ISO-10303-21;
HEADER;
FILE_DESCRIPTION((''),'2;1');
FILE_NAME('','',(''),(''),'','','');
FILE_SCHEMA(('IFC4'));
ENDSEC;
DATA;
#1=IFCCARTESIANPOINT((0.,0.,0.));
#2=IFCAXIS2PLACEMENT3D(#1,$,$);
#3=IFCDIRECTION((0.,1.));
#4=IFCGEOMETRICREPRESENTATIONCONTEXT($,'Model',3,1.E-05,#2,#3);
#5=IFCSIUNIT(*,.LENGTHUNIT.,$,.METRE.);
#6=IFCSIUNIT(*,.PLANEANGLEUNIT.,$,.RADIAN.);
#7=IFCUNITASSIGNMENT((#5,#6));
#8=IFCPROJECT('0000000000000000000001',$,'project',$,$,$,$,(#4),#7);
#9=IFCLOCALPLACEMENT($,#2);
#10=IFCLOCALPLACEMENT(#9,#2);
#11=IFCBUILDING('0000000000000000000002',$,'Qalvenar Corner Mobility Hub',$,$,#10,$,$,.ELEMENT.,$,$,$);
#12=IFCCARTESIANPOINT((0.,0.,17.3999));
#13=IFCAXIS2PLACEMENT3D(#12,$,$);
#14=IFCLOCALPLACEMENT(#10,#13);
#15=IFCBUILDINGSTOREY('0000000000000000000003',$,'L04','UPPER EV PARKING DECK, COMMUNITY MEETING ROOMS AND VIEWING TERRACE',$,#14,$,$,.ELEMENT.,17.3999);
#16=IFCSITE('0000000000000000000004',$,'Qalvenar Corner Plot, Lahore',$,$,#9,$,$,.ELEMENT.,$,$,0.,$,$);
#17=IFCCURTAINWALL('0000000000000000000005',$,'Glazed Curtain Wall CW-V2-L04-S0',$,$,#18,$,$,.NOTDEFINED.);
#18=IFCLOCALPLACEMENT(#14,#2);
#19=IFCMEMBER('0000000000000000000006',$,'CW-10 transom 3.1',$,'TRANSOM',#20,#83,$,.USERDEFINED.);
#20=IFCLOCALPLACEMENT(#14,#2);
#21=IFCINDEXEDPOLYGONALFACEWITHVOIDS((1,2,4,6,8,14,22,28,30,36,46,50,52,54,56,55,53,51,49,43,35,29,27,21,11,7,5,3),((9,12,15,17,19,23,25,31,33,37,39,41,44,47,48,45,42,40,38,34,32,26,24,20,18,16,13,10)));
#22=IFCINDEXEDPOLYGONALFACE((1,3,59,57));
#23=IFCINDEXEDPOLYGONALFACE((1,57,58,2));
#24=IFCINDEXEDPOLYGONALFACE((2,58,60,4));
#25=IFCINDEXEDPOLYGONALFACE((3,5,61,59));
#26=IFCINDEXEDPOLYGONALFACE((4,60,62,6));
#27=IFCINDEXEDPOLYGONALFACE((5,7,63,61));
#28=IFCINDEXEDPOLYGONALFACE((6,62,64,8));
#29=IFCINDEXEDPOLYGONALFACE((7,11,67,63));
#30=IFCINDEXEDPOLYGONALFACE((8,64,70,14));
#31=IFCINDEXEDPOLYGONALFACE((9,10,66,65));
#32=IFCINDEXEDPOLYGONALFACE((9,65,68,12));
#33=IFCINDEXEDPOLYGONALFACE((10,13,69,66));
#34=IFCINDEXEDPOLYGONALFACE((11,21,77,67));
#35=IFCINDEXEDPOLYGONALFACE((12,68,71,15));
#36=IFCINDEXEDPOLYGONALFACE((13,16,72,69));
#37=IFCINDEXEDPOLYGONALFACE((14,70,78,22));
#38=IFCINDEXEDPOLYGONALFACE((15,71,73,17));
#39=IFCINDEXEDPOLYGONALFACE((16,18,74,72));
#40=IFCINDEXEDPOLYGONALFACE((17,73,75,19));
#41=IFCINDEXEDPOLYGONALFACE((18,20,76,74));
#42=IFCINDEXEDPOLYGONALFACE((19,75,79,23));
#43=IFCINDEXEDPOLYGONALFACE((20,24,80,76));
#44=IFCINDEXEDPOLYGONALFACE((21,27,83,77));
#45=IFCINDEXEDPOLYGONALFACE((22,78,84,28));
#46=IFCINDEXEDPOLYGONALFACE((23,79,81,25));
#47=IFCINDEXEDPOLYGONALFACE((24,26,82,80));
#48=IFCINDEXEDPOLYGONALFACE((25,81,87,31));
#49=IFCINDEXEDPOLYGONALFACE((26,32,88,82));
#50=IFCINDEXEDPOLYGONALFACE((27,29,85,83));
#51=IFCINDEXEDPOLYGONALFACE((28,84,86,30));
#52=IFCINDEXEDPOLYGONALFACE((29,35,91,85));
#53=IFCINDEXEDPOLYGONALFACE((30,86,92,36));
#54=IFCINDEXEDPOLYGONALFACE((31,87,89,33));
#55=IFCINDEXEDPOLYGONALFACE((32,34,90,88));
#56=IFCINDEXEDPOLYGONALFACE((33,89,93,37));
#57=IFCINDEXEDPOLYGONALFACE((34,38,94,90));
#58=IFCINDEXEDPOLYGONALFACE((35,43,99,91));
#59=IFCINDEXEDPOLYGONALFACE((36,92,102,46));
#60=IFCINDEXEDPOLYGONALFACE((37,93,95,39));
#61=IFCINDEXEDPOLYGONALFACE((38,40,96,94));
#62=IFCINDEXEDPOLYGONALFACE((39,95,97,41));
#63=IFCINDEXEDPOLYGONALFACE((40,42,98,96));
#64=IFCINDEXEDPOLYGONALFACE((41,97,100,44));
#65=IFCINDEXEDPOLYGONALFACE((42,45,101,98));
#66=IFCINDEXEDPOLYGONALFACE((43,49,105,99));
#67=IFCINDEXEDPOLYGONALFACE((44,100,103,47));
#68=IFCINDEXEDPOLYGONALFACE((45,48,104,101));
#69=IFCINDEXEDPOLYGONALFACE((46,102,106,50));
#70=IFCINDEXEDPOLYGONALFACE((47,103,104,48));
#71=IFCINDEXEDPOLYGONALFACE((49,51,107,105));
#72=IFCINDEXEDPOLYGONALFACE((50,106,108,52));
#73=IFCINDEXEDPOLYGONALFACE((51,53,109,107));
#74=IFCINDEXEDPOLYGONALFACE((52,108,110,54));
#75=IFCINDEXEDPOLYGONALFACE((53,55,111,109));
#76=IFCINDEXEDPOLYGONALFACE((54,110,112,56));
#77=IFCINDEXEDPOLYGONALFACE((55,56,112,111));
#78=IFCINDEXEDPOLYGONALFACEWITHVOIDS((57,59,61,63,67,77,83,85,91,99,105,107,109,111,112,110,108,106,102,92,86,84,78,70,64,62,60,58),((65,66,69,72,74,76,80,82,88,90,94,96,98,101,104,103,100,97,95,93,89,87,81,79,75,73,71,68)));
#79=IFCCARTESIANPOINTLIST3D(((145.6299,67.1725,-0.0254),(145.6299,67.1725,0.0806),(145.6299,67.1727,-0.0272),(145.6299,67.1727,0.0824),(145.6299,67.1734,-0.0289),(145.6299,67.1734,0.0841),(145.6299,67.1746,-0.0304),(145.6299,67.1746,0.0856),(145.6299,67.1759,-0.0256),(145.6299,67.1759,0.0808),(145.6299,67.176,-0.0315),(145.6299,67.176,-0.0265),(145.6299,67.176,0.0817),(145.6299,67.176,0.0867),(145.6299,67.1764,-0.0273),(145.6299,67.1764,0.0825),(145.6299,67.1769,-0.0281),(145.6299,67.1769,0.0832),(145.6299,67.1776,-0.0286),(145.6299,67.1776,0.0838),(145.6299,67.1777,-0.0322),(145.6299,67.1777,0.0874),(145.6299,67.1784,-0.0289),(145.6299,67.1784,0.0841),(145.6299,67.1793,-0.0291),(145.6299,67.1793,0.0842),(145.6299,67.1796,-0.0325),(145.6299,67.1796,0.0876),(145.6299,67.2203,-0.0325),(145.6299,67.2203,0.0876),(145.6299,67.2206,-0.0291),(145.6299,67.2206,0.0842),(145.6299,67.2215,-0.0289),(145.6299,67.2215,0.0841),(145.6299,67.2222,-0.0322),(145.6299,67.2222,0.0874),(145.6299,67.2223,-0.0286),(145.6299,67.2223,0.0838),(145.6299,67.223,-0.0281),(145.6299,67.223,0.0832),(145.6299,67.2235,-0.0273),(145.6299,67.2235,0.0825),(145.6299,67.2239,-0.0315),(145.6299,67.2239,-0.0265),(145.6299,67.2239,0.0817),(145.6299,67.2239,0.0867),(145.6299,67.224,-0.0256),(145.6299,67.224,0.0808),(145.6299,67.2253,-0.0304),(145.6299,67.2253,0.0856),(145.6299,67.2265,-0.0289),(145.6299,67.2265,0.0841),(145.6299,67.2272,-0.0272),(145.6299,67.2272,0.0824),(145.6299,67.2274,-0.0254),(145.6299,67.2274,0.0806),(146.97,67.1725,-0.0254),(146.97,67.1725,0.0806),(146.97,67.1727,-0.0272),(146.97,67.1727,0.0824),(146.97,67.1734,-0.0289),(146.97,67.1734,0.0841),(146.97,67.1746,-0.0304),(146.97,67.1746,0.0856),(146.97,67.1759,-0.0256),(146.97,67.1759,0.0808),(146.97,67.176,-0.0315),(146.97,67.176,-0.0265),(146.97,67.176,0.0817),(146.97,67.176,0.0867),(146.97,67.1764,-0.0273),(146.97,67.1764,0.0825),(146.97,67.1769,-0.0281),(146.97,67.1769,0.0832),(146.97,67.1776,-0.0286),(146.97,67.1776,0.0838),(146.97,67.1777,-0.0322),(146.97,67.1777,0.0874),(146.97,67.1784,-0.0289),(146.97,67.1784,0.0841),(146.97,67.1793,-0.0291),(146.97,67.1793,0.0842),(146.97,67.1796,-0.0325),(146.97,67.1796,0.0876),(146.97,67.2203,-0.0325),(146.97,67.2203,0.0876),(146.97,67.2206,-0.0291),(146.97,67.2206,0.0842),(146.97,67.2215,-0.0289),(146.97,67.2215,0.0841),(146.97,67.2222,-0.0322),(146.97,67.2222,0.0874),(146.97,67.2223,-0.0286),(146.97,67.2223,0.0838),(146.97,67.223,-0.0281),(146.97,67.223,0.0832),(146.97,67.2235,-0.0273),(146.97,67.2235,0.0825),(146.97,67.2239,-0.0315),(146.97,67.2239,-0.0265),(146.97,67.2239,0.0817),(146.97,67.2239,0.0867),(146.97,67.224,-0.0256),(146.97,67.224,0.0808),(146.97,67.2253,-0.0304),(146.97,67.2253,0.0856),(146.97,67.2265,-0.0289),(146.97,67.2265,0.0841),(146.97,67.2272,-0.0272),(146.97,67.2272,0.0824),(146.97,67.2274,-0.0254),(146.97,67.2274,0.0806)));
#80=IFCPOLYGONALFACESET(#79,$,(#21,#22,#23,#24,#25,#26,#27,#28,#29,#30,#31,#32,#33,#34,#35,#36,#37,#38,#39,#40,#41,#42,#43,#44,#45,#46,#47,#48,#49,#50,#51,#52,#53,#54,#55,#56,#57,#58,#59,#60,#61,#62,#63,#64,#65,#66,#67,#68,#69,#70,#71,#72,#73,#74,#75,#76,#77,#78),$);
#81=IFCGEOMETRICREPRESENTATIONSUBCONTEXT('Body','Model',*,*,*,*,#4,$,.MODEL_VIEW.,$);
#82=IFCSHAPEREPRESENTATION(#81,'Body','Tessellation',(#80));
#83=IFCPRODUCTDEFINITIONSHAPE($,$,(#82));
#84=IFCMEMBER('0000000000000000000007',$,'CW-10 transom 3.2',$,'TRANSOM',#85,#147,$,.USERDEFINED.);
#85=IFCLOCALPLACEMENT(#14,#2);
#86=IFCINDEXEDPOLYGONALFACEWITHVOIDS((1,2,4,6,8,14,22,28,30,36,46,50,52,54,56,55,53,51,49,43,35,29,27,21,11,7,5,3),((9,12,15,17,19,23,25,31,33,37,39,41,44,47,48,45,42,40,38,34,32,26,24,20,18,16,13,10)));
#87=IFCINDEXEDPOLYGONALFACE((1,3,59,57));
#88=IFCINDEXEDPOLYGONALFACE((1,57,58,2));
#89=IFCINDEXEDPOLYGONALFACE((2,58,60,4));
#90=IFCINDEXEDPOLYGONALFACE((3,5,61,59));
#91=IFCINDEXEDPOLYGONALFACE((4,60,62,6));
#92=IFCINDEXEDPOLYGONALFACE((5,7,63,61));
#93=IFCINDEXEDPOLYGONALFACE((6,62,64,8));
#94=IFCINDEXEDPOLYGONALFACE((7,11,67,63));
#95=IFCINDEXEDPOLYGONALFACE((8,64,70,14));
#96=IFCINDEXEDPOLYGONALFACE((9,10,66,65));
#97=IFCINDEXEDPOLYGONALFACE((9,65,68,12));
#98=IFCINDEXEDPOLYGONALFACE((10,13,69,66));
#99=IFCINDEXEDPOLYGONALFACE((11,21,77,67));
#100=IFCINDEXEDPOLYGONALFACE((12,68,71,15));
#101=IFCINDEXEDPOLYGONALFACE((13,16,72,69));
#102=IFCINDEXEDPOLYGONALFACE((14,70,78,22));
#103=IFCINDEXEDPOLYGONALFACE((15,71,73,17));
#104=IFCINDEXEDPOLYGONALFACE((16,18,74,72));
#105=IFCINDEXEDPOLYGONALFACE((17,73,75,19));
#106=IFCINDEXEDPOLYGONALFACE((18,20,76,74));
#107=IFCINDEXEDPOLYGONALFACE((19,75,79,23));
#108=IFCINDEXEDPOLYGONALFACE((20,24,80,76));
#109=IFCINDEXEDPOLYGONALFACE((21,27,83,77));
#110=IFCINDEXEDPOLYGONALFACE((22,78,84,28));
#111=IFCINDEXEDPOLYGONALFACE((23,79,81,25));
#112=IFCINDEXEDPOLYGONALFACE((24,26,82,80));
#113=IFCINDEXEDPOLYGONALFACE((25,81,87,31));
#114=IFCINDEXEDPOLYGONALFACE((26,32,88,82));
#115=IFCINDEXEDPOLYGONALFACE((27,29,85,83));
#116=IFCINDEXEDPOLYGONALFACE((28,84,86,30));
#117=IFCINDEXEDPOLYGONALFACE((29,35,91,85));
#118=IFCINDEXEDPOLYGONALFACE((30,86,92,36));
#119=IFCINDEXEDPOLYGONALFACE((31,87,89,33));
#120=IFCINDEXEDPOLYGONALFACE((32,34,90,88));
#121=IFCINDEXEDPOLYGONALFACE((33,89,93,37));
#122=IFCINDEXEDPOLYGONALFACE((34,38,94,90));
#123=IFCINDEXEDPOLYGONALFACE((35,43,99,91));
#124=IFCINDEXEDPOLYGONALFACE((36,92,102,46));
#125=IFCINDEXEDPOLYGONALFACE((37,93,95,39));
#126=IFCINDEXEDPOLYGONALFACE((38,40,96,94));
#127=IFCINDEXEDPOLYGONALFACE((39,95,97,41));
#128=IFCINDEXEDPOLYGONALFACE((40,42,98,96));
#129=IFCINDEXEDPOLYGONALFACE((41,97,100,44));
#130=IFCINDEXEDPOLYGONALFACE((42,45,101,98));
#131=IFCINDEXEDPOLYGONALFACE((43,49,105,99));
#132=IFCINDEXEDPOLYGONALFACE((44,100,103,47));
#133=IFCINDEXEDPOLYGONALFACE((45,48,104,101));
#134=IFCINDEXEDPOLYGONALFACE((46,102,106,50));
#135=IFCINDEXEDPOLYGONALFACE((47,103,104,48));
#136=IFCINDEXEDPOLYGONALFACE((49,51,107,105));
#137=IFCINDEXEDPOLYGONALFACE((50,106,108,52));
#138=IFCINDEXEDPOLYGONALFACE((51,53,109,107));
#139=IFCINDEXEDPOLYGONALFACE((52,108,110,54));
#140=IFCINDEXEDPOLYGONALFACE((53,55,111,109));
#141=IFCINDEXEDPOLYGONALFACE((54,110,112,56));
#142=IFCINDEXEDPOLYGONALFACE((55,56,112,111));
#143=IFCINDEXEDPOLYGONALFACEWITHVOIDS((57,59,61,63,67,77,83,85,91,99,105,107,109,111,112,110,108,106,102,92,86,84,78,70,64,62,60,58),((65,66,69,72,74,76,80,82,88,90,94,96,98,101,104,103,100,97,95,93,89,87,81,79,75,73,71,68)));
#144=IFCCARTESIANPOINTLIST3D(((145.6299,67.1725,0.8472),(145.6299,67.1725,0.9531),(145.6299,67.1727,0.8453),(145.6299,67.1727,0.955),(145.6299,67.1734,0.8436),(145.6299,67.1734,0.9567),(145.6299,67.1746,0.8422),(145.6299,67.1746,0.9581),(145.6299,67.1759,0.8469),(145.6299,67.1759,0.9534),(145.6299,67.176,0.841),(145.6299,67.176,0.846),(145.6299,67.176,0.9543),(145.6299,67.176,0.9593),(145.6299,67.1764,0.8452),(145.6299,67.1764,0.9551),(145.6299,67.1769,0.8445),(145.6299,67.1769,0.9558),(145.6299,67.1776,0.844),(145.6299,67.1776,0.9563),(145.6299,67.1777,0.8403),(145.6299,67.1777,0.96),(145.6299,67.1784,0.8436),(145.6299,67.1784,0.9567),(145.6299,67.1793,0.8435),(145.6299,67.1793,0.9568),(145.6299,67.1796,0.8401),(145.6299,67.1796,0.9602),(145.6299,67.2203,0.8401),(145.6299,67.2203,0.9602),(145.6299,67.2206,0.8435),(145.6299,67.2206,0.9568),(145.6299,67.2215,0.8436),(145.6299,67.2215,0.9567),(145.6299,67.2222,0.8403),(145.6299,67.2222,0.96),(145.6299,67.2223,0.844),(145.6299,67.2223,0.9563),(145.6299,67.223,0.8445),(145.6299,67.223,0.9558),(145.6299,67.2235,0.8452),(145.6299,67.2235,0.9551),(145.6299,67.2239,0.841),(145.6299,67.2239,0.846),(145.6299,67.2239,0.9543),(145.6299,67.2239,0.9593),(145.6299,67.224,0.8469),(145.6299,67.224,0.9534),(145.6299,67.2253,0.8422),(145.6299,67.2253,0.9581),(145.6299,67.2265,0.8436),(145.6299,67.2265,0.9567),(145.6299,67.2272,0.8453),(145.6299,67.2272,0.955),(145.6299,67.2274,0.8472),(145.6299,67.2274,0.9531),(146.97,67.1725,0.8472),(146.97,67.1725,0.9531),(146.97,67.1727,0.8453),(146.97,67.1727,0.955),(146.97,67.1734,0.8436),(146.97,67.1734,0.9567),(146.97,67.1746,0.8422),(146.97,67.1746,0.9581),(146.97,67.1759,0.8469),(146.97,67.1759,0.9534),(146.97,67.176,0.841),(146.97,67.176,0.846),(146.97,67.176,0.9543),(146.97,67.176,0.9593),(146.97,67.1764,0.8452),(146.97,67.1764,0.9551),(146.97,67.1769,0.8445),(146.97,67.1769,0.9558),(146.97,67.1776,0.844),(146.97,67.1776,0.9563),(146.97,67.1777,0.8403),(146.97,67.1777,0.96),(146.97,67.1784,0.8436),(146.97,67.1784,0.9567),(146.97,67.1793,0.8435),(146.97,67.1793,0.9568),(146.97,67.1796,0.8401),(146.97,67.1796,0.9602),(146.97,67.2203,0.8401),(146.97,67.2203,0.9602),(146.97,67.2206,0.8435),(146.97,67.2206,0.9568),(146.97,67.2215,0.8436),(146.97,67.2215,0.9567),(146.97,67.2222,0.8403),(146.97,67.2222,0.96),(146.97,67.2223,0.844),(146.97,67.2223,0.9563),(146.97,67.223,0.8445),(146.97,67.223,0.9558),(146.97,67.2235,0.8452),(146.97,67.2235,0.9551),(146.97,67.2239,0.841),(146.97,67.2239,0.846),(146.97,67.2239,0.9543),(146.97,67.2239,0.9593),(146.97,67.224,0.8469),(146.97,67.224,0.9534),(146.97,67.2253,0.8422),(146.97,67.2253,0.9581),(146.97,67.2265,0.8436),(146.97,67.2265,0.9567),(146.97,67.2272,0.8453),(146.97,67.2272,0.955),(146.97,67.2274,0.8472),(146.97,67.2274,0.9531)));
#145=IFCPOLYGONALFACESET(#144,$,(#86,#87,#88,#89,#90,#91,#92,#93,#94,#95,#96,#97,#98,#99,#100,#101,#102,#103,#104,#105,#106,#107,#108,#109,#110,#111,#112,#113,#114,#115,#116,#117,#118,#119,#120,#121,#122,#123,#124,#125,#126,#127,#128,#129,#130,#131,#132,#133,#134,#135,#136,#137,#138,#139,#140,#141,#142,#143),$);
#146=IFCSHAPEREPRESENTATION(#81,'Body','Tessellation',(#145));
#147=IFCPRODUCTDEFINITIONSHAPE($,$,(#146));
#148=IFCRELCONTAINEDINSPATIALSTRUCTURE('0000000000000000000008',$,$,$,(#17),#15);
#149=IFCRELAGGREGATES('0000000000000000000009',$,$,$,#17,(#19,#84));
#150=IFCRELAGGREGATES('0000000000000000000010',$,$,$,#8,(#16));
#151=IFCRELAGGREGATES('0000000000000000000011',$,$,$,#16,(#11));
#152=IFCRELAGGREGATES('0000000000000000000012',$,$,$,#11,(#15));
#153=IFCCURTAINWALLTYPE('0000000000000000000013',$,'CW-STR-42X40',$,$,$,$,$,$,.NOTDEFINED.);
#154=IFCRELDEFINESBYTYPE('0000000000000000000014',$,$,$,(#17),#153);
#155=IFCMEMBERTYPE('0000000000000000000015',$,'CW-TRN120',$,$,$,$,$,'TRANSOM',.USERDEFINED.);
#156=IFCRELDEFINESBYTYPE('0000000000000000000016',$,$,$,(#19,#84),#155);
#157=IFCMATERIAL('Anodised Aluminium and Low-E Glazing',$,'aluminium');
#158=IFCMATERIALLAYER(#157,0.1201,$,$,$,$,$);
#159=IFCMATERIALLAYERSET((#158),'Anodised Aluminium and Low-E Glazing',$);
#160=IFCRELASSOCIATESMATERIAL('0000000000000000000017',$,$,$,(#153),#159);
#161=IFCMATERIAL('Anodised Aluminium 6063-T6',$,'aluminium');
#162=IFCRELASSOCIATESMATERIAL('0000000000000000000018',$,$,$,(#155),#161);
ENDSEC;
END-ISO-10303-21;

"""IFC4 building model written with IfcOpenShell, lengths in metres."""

from ifc_helpers import new_model, si_unit, direction, frame, origin, origin_2d, place, context, subcontext, project, spatial, hollow_rectangle, extrude, material, layer, layer_set, material_profile, profile_set, type_object, element, aggregate, save


model = new_model("IFC4")

# Units and contexts
model_context = context("Model", 3, precision=1e-05, world=origin(), true_north=direction((0.0, 1.0)))
body_context = subcontext(model_context, "Body", "Model", "MODEL_VIEW")
ifc_project = project(units=[si_unit("LENGTHUNIT", "METRE"), si_unit("PLANEANGLEUNIT", "RADIAN")], contexts=[model_context])

# Site, building, storey
site_placement = place(None, origin())
site = spatial("IfcSite", under=ifc_project, at=site_placement, Name="Qalvenar Corner Plot, Lahore", CompositionType="ELEMENT", RefElevation=0.0)
building_placement = place(site_placement, origin())
building = spatial("IfcBuilding", under=site, at=building_placement, Name="Qalvenar Corner Mobility Hub", CompositionType="ELEMENT")
storey_placement = place(building_placement, frame((0.0, 0.0, 17.3999)))
storey = spatial("IfcBuildingStorey", under=building, at=storey_placement, Name="L04", Description="UPPER EV PARKING DECK, COMMUNITY MEETING ROOMS AND VIEWING TERRACE", CompositionType="ELEMENT", Elevation=17.3999)

# Curtain wall, members
ifc_material_1 = material(Name="Anodised Aluminium and Low-E Glazing", Category="aluminium")
ifc_layer_1 = layer(ifc_material_1, 0.1201)
ifc_layer_set_1 = layer_set([ifc_layer_1], Name="Anodised Aluminium and Low-E Glazing")
curtain_wall_type = type_object("IfcCurtainWallType", Name="CW-STR-42X40", PredefinedType="NOTDEFINED", material=ifc_layer_set_1)
curtain_wall_placement = place(storey_placement, origin())
curtain_wall = element("IfcCurtainWall", 1, at=curtain_wall_placement, inside=storey, type_object=curtain_wall_type, Name="Glazed Curtain Wall CW-V2-L04-S0", PredefinedType="NOTDEFINED")
ifc_material_2 = material(Name="Anodised Aluminium 6063-T6", Category="aluminium")
ifc_material_profile_1 = material_profile(ifc_material_2, hollow_rectangle(XDim=0.0549, YDim=0.1201, WallThickness=0.0034, InnerFilletRadius=0.0034, OuterFilletRadius=0.0071, at=origin_2d()), Name="RHS120x55x3.5")
ifc_profile_set_1 = profile_set([ifc_material_profile_1], Name="Anodised Aluminium 6063-T6")
member_type_1 = type_object("IfcMemberType", Name="CW-TRN120", ElementType="TRANSOM", PredefinedType="USERDEFINED", material=ifc_profile_set_1)
member_1_placement = place(storey_placement, frame((145.6299, 67.2, 0.0276), z_axis=(1.0, 0.0, 0.0), x_axis=(0.0, 1.0, 0.0)))
member_1 = element("IfcMember", 2, at=member_1_placement, type_object=member_type_1, Name="CW-10 transom 3.1", ObjectType="TRANSOM", PredefinedType="USERDEFINED", context=body_context, shape_type="SweptSolid", body=[
    extrude(hollow_rectangle(XDim=0.0549, YDim=0.1201, WallThickness=0.0034, InnerFilletRadius=0.0034, OuterFilletRadius=0.0071, at=origin_2d()), origin(), (0.0, 0.0, 1.0), 1.3401),
])
member_2_placement = place(storey_placement, frame((145.6299, 67.2, 0.9001), z_axis=(1.0, 0.0, 0.0), x_axis=(0.0, 1.0, 0.0)))
member_2 = element("IfcMember", 3, at=member_2_placement, type_object=member_type_1, Name="CW-10 transom 3.2", ObjectType="TRANSOM", PredefinedType="USERDEFINED", context=body_context, shape_type="SweptSolid", body=[
    extrude(hollow_rectangle(XDim=0.0549, YDim=0.1201, WallThickness=0.0034, InnerFilletRadius=0.0034, OuterFilletRadius=0.0071, at=origin_2d()), origin(), (0.0, 0.0, 1.0), 1.3401),
])
aggregate(curtain_wall, [member_1, member_2])

save(model, "model.ifc")
